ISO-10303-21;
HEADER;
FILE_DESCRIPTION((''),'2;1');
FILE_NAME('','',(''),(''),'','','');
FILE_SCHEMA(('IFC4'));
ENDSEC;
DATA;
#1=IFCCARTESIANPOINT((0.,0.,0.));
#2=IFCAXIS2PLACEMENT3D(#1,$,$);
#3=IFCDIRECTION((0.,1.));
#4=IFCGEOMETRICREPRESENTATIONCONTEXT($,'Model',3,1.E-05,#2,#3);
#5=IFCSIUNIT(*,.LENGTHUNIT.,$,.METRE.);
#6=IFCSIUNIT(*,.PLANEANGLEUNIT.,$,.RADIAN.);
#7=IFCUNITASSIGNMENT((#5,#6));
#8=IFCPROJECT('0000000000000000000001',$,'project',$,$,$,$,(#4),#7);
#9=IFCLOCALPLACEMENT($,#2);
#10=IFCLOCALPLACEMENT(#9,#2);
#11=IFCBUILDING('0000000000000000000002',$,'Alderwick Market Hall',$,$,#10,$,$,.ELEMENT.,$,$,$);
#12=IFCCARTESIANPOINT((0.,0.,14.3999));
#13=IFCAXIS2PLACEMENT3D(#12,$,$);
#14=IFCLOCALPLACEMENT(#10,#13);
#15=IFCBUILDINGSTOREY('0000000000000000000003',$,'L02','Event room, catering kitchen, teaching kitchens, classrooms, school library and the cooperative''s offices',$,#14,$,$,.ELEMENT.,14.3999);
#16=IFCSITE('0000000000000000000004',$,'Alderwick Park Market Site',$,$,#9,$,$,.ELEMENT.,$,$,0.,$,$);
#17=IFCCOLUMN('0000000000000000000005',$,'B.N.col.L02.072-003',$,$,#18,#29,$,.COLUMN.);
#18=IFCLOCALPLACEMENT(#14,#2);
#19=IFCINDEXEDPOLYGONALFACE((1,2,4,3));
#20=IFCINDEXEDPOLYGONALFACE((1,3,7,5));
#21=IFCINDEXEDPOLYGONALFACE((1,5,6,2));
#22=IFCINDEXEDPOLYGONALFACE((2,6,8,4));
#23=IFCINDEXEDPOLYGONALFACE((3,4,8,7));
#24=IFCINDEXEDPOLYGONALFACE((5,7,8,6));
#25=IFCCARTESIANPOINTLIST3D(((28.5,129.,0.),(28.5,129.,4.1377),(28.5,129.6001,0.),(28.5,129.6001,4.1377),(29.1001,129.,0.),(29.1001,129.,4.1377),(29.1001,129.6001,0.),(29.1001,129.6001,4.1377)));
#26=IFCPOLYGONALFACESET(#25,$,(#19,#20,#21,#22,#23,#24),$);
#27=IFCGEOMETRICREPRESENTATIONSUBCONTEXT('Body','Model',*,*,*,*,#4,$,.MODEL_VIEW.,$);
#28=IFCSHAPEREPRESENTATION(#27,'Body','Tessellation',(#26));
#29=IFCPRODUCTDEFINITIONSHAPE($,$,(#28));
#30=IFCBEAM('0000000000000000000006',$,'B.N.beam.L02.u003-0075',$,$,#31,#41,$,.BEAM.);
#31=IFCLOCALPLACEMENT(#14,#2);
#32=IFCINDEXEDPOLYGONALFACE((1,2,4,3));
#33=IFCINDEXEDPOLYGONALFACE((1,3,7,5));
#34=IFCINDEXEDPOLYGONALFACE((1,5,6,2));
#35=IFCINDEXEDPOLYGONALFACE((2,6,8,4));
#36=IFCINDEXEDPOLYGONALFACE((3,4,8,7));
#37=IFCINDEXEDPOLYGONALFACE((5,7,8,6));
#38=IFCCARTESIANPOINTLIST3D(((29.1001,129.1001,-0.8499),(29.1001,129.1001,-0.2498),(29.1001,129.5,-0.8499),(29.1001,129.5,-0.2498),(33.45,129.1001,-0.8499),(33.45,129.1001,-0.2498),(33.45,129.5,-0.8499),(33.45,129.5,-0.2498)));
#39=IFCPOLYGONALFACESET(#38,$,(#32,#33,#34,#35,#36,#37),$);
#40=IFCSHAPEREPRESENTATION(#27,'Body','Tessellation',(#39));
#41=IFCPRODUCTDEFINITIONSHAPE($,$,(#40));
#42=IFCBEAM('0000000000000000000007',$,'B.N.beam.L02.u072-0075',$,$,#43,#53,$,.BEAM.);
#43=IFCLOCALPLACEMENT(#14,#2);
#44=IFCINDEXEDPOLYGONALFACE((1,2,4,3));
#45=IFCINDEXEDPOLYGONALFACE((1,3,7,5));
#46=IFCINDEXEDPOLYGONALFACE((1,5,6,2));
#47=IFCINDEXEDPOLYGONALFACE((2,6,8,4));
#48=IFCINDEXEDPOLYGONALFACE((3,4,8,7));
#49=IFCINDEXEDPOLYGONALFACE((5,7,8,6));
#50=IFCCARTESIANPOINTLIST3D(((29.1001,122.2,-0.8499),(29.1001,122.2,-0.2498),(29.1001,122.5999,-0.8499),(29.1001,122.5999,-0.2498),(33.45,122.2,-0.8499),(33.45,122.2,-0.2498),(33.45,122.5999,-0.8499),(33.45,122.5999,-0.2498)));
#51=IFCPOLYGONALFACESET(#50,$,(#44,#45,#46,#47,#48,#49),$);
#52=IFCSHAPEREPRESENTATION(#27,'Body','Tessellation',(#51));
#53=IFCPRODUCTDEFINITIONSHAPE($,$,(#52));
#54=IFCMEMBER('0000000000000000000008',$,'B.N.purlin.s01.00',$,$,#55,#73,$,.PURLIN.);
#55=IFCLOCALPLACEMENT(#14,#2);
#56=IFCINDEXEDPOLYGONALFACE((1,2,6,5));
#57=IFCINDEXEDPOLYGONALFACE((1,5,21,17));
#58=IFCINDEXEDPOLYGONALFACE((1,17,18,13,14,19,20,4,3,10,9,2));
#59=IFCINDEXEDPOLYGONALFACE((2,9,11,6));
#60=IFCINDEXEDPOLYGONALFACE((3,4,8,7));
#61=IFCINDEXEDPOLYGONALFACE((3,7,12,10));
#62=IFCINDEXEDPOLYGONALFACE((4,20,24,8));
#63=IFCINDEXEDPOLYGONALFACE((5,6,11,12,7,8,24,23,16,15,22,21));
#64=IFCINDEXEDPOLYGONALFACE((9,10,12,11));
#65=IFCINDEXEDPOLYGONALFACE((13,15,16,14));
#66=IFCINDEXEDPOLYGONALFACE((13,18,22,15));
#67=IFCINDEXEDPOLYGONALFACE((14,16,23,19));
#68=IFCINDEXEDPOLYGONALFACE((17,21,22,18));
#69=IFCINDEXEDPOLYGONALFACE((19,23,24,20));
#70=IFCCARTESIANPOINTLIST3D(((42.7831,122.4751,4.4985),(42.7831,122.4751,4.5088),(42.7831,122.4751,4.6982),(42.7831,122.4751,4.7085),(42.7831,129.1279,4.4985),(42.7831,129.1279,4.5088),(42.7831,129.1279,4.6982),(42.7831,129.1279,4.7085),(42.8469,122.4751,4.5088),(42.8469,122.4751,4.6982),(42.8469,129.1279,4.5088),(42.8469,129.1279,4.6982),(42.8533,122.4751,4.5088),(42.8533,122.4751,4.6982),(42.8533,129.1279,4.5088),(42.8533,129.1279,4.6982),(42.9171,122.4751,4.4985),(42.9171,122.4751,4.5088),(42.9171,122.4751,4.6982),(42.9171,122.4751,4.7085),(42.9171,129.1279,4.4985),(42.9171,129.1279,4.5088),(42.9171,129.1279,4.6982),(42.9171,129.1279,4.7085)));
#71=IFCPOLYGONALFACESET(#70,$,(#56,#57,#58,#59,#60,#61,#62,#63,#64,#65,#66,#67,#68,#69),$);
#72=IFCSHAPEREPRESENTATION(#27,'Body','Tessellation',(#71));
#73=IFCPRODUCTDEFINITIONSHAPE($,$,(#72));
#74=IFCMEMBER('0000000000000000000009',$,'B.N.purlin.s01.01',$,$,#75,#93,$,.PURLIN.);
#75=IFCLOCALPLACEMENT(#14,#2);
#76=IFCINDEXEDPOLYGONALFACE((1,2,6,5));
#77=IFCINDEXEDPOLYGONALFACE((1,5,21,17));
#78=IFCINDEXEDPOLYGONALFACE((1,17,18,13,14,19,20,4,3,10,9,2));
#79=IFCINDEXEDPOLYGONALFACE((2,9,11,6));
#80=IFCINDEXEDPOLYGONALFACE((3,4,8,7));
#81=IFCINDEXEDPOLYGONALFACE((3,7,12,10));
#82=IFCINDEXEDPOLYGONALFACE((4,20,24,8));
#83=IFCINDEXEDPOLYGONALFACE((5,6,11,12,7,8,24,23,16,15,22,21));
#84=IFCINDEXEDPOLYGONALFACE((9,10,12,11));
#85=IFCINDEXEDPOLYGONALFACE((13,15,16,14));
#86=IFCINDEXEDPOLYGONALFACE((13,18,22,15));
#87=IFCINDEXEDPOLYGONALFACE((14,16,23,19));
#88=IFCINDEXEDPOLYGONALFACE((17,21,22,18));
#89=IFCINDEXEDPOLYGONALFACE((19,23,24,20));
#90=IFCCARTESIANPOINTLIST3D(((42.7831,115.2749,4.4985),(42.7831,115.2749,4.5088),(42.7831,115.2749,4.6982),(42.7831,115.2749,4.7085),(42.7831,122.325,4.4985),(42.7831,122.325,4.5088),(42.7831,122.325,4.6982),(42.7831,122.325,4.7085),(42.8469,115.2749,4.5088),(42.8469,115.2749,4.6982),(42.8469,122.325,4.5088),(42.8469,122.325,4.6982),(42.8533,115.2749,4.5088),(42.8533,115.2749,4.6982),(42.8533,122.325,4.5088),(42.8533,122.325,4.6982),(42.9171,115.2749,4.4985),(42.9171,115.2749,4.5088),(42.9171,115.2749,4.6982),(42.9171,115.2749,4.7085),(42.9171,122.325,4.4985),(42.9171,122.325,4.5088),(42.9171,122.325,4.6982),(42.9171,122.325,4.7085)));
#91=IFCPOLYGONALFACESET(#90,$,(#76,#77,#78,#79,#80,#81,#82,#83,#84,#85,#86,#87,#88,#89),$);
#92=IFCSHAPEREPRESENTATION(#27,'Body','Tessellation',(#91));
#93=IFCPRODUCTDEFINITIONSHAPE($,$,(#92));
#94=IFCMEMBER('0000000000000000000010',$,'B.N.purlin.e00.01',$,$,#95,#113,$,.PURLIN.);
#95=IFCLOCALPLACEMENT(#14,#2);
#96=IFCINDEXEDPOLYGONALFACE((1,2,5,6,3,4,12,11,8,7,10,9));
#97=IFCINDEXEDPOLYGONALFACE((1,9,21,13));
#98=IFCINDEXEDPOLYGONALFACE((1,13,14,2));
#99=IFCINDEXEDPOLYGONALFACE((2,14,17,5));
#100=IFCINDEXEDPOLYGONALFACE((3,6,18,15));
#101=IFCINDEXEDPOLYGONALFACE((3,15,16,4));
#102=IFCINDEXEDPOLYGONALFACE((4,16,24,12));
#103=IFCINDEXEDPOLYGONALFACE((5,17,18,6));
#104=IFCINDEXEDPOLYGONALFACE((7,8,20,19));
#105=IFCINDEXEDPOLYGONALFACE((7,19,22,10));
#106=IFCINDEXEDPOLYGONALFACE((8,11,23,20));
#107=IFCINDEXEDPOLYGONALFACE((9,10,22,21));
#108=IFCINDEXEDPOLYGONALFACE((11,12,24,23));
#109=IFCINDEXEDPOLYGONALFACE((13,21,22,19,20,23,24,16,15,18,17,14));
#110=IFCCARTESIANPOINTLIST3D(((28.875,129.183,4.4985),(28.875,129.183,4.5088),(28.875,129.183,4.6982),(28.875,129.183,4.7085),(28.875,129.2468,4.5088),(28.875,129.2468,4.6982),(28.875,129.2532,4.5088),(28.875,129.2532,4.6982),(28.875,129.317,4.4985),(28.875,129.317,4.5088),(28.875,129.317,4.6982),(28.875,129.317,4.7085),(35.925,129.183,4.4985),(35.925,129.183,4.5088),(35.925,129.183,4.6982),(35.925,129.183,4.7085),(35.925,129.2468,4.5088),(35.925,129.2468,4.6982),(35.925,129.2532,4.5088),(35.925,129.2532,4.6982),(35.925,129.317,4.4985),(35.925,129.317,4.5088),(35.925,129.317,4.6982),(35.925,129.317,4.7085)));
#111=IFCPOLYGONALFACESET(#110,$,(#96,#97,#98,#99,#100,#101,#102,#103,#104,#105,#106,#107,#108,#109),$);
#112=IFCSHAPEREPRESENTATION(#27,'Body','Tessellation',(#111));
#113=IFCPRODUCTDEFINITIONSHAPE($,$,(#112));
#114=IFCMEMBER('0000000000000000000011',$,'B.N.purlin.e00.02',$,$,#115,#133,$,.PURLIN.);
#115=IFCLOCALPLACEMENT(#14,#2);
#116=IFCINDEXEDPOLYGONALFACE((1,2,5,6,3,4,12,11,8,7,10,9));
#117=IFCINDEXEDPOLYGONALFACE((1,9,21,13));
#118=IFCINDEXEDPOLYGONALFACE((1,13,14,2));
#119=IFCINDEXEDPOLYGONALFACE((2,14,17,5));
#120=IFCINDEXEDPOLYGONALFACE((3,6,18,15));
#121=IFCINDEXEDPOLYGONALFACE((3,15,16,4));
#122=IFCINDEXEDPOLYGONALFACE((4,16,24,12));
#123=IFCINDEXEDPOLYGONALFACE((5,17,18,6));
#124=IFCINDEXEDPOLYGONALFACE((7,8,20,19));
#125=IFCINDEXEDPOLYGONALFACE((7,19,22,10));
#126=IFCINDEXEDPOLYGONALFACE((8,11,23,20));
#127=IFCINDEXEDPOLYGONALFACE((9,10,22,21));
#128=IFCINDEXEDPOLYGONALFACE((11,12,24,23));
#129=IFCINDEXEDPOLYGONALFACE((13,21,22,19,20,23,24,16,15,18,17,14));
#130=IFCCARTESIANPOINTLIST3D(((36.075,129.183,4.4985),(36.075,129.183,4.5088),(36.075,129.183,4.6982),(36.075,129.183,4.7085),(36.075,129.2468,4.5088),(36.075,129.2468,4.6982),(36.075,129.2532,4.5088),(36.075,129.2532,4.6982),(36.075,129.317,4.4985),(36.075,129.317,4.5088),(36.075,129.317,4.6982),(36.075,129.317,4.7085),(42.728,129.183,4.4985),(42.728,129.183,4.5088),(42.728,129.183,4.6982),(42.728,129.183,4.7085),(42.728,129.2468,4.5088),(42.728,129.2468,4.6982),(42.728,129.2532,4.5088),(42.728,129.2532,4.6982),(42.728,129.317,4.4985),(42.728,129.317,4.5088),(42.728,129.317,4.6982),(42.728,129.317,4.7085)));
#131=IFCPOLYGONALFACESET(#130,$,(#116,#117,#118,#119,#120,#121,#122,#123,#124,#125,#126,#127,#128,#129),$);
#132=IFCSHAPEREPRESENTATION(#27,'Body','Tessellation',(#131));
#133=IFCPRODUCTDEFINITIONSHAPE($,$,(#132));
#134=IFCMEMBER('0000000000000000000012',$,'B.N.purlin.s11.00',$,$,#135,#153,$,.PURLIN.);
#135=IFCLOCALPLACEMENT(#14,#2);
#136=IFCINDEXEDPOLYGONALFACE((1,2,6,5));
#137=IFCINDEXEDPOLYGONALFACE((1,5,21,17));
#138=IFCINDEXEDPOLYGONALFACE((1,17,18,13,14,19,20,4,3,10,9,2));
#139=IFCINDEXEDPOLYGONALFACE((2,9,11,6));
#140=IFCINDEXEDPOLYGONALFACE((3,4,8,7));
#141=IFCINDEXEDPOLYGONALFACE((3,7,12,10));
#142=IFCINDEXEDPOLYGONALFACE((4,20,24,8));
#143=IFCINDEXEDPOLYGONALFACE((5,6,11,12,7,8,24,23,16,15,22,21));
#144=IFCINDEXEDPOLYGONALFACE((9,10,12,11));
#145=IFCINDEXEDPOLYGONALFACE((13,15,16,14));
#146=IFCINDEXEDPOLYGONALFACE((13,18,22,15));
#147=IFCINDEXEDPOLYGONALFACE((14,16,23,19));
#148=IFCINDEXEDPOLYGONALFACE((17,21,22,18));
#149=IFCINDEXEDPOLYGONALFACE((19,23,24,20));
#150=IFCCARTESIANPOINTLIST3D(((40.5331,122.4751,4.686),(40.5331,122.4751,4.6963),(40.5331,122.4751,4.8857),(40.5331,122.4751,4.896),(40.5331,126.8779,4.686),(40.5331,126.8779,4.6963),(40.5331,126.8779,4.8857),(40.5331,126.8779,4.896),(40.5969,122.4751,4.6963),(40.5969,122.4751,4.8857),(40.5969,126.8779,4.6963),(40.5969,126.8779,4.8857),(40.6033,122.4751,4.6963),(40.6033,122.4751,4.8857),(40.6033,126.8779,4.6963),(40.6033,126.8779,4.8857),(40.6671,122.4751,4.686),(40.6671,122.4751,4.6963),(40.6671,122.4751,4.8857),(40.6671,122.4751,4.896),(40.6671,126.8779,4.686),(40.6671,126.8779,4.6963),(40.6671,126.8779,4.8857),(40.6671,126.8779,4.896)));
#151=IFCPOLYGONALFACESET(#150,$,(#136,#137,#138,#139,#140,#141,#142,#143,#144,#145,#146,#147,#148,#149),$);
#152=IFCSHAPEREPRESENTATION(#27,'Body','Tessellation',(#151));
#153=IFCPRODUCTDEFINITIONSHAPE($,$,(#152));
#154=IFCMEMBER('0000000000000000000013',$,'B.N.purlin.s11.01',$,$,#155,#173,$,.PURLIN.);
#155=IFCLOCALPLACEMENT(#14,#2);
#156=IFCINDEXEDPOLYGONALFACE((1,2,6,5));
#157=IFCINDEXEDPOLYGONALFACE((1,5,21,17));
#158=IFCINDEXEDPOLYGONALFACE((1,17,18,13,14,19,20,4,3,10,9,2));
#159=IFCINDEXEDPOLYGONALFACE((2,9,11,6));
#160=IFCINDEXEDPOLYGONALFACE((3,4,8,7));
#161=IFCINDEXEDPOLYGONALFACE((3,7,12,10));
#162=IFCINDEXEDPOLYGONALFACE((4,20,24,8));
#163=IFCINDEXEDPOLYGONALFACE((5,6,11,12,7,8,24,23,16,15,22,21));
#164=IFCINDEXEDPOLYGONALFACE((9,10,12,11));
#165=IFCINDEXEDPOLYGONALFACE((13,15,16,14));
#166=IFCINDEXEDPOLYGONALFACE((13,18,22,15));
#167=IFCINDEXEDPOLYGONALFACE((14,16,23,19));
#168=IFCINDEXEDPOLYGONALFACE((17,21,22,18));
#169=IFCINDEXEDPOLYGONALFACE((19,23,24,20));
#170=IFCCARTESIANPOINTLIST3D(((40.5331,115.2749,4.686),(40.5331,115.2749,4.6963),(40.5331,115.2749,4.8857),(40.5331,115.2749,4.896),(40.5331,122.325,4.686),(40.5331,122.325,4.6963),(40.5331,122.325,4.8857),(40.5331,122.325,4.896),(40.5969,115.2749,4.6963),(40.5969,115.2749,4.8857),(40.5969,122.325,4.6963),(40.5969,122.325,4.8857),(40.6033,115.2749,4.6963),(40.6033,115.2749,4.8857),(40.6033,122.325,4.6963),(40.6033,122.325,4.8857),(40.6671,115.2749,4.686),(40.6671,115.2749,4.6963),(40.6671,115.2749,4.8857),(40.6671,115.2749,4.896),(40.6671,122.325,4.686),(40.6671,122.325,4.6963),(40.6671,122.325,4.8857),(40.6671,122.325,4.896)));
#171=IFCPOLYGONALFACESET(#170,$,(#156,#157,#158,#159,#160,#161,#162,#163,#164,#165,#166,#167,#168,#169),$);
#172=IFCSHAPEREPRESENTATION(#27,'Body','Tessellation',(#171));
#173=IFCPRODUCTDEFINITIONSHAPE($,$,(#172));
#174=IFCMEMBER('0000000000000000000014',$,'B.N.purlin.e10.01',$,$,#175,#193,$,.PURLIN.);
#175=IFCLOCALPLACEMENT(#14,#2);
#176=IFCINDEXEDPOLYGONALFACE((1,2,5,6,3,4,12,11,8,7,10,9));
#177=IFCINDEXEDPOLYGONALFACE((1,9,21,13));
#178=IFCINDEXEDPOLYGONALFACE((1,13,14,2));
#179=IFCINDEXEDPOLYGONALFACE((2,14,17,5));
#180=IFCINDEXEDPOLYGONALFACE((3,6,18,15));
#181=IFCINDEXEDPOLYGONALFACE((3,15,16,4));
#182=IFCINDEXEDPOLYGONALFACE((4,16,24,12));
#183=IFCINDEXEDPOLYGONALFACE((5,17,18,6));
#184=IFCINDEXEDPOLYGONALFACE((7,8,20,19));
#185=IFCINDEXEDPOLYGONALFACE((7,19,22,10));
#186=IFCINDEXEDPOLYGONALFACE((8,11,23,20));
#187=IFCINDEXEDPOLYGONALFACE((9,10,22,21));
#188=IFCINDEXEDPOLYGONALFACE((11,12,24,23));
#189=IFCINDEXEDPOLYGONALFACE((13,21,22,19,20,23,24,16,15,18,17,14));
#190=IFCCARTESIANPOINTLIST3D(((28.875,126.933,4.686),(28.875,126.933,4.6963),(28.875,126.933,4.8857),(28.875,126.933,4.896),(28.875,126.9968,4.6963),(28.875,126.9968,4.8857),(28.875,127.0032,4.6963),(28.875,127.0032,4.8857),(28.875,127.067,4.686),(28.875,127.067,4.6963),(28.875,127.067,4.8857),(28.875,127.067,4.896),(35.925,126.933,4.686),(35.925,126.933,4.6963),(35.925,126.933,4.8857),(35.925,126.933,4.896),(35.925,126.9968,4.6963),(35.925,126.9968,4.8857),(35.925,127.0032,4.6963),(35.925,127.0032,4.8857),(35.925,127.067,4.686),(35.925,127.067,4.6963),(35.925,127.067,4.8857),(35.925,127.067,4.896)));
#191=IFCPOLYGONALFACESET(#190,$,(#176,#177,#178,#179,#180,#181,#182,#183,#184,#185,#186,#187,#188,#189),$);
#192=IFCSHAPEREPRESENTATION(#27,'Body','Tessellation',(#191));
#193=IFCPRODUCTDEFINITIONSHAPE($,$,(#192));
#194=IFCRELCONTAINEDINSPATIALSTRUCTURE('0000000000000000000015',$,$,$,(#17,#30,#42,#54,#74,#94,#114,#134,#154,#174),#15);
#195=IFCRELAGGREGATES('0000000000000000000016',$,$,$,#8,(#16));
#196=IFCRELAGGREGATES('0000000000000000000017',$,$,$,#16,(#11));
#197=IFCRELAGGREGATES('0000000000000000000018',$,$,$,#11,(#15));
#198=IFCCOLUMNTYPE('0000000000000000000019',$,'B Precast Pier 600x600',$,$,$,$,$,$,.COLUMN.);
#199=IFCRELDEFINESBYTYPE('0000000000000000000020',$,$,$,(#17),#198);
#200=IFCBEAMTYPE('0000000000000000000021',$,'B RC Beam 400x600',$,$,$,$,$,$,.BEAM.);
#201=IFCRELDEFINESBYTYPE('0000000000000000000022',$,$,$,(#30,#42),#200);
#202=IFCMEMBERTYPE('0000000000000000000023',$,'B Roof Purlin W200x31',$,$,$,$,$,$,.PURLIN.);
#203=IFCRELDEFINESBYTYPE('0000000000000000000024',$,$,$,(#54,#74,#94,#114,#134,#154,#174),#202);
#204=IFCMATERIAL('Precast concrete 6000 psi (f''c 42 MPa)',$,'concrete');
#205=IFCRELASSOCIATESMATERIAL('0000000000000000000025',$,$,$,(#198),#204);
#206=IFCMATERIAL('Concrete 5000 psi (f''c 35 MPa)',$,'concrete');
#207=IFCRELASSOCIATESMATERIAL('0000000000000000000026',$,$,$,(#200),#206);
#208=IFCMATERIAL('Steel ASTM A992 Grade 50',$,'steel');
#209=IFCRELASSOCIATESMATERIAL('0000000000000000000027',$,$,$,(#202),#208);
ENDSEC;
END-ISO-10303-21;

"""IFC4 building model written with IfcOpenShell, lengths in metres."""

from ifc_helpers import new_model, si_unit, direction, frame, origin, origin_2d, place, context, subcontext, project, spatial, rectangle, i_section, extrude, material, material_profile, profile_set, type_object, element, save


model = new_model("IFC4")

# Units and contexts
model_context = context("Model", 3, precision=1e-05, world=origin(), true_north=direction((0.0, 1.0)))
body_context = subcontext(model_context, "Body", "Model", "MODEL_VIEW")
ifc_project = project(units=[si_unit("LENGTHUNIT", "METRE"), si_unit("PLANEANGLEUNIT", "RADIAN")], contexts=[model_context])

# Site, building, storey
site_placement = place(None, origin())
site = spatial("IfcSite", under=ifc_project, at=site_placement, Name="Alderwick Park Market Site", CompositionType="ELEMENT", RefElevation=0.0)
building_placement = place(site_placement, origin())
building = spatial("IfcBuilding", under=site, at=building_placement, Name="Alderwick Market Hall", CompositionType="ELEMENT")
storey_placement = place(building_placement, frame((0.0, 0.0, 14.3999)))
storey = spatial("IfcBuildingStorey", under=building, at=storey_placement, Name="L02", Description="Event room, catering kitchen, teaching kitchens, classrooms, school library and the cooperative's offices", CompositionType="ELEMENT", Elevation=14.3999)

# Column
ifc_material_1 = material(Name="Precast concrete 6000 psi (f'c 42 MPa)", Category="concrete")
ifc_material_profile_1 = material_profile(ifc_material_1, rectangle(XDim=0.6001, YDim=0.6001, at=origin_2d()), Name="B Precast Pier 600x600")
ifc_profile_set_1 = profile_set([ifc_material_profile_1], Name="Precast concrete 6000 psi (f'c 42 MPa)")
column_type = type_object("IfcColumnType", Name="B Precast Pier 600x600", PredefinedType="COLUMN", material=ifc_profile_set_1)
column_placement = place(storey_placement, frame((28.8, 129.3, 0.0), z_axis=(0.0, 0.0, 1.0), x_axis=(1.0, 0.0, 0.0)))
element("IfcColumn", 1, at=column_placement, inside=storey, type_object=column_type, Name="B.N.col.L02.072-003", PredefinedType="COLUMN", context=body_context, shape_type="SweptSolid", body=[
    extrude(rectangle(XDim=0.6001, YDim=0.6001, at=origin_2d()), origin(), (0.0, 0.0, 1.0), 4.1377),
])

# Beams
ifc_material_2 = material(Name="Concrete 5000 psi (f'c 35 MPa)", Category="concrete")
ifc_material_profile_2 = material_profile(ifc_material_2, rectangle(XDim=0.3999, YDim=0.6001, at=origin_2d()), Name="B RC Beam 400x600")
ifc_profile_set_2 = profile_set([ifc_material_profile_2], Name="Concrete 5000 psi (f'c 35 MPa)")
beam_type_1 = type_object("IfcBeamType", Name="B RC Beam 400x600", PredefinedType="BEAM", material=ifc_profile_set_2)
for number, where, z_axis, x_axis, name in (
    (2, (29.1001, 129.3, -0.5498), (1.0, 0.0, 0.0), (0.0, 1.0, 0.0), "B.N.beam.L02.u003-0075"),
    (3, (29.1001, 122.3999, -0.5498), (1.0, 0.0, 0.0), (0.0, 1.0, 0.0), "B.N.beam.L02.u072-0075"),
):
    element("IfcBeam", number, at=place(storey_placement, frame(where, z_axis=z_axis, x_axis=x_axis)), inside=storey, type_object=beam_type_1, Name=name, PredefinedType="BEAM", context=body_context, shape_type="SweptSolid", body=[
        extrude(rectangle(XDim=0.3999, YDim=0.6001, at=origin_2d()), origin(), (0.0, 0.0, 1.0), 4.3499),
    ])

# Members
ifc_material_3 = material(Name="Steel ASTM A992 Grade 50", Category="steel")
ifc_material_profile_3 = material_profile(ifc_material_3, i_section(OverallWidth=0.134, OverallDepth=0.21, WebThickness=0.0063, FlangeThickness=0.0103, at=origin_2d()), Name="W200x31")
ifc_profile_set_3 = profile_set([ifc_material_profile_3], Name="Steel ASTM A992 Grade 50")
member_type = type_object("IfcMemberType", Name="B Roof Purlin W200x31", PredefinedType="PURLIN", material=ifc_profile_set_3)
member_1_placement = place(storey_placement, frame((42.8501, 129.1279, 4.6035), z_axis=(0.0, -1.0, 0.0), x_axis=(1.0, 0.0, 0.0)))
element("IfcMember", 4, at=member_1_placement, inside=storey, type_object=member_type, Name="B.N.purlin.s01.00", PredefinedType="PURLIN", context=body_context, shape_type="SweptSolid", body=[
    extrude(i_section(OverallWidth=0.134, OverallDepth=0.21, WebThickness=0.0063, FlangeThickness=0.0103, at=origin_2d()), origin(), (0.0, 0.0, 1.0), 6.6528),
])
for number, where, z_axis, x_axis, name in (
    (5, (42.8501, 122.325, 4.6035), (0.0, -1.0, 0.0), (1.0, 0.0, 0.0), "B.N.purlin.s01.01"),
    (6, (28.875, 129.25, 4.6035), (1.0, 0.0, 0.0), (0.0, 1.0, 0.0), "B.N.purlin.e00.01"),
):
    element("IfcMember", number, at=place(storey_placement, frame(where, z_axis=z_axis, x_axis=x_axis)), inside=storey, type_object=member_type, Name=name, PredefinedType="PURLIN", context=body_context, shape_type="SweptSolid", body=[
        extrude(i_section(OverallWidth=0.134, OverallDepth=0.21, WebThickness=0.0063, FlangeThickness=0.0103, at=origin_2d()), origin(), (0.0, 0.0, 1.0), 7.05),
    ])
member_2_placement = place(storey_placement, frame((36.075, 129.25, 4.6035), z_axis=(1.0, 0.0, 0.0), x_axis=(0.0, 1.0, 0.0)))
element("IfcMember", 7, at=member_2_placement, inside=storey, type_object=member_type, Name="B.N.purlin.e00.02", PredefinedType="PURLIN", context=body_context, shape_type="SweptSolid", body=[
    extrude(i_section(OverallWidth=0.134, OverallDepth=0.21, WebThickness=0.0063, FlangeThickness=0.0103, at=origin_2d()), origin(), (0.0, 0.0, 1.0), 6.6531),
])
member_3_placement = place(storey_placement, frame((40.6001, 126.8779, 4.791), z_axis=(0.0, -1.0, 0.0), x_axis=(1.0, 0.0, 0.0)))
element("IfcMember", 8, at=member_3_placement, inside=storey, type_object=member_type, Name="B.N.purlin.s11.00", PredefinedType="PURLIN", context=body_context, shape_type="SweptSolid", body=[
    extrude(i_section(OverallWidth=0.134, OverallDepth=0.21, WebThickness=0.0063, FlangeThickness=0.0103, at=origin_2d()), origin(), (0.0, 0.0, 1.0), 4.4028),
])
for number, where, z_axis, x_axis, name in (
    (9, (40.6001, 122.325, 4.791), (0.0, -1.0, 0.0), (1.0, 0.0, 0.0), "B.N.purlin.s11.01"),
    (10, (28.875, 127.0, 4.791), (1.0, 0.0, 0.0), (0.0, 1.0, 0.0), "B.N.purlin.e10.01"),
):
    element("IfcMember", number, at=place(storey_placement, frame(where, z_axis=z_axis, x_axis=x_axis)), inside=storey, type_object=member_type, Name=name, PredefinedType="PURLIN", context=body_context, shape_type="SweptSolid", body=[
        extrude(i_section(OverallWidth=0.134, OverallDepth=0.21, WebThickness=0.0063, FlangeThickness=0.0103, at=origin_2d()), origin(), (0.0, 0.0, 1.0), 7.05),
    ])

save(model, "model.ifc")
